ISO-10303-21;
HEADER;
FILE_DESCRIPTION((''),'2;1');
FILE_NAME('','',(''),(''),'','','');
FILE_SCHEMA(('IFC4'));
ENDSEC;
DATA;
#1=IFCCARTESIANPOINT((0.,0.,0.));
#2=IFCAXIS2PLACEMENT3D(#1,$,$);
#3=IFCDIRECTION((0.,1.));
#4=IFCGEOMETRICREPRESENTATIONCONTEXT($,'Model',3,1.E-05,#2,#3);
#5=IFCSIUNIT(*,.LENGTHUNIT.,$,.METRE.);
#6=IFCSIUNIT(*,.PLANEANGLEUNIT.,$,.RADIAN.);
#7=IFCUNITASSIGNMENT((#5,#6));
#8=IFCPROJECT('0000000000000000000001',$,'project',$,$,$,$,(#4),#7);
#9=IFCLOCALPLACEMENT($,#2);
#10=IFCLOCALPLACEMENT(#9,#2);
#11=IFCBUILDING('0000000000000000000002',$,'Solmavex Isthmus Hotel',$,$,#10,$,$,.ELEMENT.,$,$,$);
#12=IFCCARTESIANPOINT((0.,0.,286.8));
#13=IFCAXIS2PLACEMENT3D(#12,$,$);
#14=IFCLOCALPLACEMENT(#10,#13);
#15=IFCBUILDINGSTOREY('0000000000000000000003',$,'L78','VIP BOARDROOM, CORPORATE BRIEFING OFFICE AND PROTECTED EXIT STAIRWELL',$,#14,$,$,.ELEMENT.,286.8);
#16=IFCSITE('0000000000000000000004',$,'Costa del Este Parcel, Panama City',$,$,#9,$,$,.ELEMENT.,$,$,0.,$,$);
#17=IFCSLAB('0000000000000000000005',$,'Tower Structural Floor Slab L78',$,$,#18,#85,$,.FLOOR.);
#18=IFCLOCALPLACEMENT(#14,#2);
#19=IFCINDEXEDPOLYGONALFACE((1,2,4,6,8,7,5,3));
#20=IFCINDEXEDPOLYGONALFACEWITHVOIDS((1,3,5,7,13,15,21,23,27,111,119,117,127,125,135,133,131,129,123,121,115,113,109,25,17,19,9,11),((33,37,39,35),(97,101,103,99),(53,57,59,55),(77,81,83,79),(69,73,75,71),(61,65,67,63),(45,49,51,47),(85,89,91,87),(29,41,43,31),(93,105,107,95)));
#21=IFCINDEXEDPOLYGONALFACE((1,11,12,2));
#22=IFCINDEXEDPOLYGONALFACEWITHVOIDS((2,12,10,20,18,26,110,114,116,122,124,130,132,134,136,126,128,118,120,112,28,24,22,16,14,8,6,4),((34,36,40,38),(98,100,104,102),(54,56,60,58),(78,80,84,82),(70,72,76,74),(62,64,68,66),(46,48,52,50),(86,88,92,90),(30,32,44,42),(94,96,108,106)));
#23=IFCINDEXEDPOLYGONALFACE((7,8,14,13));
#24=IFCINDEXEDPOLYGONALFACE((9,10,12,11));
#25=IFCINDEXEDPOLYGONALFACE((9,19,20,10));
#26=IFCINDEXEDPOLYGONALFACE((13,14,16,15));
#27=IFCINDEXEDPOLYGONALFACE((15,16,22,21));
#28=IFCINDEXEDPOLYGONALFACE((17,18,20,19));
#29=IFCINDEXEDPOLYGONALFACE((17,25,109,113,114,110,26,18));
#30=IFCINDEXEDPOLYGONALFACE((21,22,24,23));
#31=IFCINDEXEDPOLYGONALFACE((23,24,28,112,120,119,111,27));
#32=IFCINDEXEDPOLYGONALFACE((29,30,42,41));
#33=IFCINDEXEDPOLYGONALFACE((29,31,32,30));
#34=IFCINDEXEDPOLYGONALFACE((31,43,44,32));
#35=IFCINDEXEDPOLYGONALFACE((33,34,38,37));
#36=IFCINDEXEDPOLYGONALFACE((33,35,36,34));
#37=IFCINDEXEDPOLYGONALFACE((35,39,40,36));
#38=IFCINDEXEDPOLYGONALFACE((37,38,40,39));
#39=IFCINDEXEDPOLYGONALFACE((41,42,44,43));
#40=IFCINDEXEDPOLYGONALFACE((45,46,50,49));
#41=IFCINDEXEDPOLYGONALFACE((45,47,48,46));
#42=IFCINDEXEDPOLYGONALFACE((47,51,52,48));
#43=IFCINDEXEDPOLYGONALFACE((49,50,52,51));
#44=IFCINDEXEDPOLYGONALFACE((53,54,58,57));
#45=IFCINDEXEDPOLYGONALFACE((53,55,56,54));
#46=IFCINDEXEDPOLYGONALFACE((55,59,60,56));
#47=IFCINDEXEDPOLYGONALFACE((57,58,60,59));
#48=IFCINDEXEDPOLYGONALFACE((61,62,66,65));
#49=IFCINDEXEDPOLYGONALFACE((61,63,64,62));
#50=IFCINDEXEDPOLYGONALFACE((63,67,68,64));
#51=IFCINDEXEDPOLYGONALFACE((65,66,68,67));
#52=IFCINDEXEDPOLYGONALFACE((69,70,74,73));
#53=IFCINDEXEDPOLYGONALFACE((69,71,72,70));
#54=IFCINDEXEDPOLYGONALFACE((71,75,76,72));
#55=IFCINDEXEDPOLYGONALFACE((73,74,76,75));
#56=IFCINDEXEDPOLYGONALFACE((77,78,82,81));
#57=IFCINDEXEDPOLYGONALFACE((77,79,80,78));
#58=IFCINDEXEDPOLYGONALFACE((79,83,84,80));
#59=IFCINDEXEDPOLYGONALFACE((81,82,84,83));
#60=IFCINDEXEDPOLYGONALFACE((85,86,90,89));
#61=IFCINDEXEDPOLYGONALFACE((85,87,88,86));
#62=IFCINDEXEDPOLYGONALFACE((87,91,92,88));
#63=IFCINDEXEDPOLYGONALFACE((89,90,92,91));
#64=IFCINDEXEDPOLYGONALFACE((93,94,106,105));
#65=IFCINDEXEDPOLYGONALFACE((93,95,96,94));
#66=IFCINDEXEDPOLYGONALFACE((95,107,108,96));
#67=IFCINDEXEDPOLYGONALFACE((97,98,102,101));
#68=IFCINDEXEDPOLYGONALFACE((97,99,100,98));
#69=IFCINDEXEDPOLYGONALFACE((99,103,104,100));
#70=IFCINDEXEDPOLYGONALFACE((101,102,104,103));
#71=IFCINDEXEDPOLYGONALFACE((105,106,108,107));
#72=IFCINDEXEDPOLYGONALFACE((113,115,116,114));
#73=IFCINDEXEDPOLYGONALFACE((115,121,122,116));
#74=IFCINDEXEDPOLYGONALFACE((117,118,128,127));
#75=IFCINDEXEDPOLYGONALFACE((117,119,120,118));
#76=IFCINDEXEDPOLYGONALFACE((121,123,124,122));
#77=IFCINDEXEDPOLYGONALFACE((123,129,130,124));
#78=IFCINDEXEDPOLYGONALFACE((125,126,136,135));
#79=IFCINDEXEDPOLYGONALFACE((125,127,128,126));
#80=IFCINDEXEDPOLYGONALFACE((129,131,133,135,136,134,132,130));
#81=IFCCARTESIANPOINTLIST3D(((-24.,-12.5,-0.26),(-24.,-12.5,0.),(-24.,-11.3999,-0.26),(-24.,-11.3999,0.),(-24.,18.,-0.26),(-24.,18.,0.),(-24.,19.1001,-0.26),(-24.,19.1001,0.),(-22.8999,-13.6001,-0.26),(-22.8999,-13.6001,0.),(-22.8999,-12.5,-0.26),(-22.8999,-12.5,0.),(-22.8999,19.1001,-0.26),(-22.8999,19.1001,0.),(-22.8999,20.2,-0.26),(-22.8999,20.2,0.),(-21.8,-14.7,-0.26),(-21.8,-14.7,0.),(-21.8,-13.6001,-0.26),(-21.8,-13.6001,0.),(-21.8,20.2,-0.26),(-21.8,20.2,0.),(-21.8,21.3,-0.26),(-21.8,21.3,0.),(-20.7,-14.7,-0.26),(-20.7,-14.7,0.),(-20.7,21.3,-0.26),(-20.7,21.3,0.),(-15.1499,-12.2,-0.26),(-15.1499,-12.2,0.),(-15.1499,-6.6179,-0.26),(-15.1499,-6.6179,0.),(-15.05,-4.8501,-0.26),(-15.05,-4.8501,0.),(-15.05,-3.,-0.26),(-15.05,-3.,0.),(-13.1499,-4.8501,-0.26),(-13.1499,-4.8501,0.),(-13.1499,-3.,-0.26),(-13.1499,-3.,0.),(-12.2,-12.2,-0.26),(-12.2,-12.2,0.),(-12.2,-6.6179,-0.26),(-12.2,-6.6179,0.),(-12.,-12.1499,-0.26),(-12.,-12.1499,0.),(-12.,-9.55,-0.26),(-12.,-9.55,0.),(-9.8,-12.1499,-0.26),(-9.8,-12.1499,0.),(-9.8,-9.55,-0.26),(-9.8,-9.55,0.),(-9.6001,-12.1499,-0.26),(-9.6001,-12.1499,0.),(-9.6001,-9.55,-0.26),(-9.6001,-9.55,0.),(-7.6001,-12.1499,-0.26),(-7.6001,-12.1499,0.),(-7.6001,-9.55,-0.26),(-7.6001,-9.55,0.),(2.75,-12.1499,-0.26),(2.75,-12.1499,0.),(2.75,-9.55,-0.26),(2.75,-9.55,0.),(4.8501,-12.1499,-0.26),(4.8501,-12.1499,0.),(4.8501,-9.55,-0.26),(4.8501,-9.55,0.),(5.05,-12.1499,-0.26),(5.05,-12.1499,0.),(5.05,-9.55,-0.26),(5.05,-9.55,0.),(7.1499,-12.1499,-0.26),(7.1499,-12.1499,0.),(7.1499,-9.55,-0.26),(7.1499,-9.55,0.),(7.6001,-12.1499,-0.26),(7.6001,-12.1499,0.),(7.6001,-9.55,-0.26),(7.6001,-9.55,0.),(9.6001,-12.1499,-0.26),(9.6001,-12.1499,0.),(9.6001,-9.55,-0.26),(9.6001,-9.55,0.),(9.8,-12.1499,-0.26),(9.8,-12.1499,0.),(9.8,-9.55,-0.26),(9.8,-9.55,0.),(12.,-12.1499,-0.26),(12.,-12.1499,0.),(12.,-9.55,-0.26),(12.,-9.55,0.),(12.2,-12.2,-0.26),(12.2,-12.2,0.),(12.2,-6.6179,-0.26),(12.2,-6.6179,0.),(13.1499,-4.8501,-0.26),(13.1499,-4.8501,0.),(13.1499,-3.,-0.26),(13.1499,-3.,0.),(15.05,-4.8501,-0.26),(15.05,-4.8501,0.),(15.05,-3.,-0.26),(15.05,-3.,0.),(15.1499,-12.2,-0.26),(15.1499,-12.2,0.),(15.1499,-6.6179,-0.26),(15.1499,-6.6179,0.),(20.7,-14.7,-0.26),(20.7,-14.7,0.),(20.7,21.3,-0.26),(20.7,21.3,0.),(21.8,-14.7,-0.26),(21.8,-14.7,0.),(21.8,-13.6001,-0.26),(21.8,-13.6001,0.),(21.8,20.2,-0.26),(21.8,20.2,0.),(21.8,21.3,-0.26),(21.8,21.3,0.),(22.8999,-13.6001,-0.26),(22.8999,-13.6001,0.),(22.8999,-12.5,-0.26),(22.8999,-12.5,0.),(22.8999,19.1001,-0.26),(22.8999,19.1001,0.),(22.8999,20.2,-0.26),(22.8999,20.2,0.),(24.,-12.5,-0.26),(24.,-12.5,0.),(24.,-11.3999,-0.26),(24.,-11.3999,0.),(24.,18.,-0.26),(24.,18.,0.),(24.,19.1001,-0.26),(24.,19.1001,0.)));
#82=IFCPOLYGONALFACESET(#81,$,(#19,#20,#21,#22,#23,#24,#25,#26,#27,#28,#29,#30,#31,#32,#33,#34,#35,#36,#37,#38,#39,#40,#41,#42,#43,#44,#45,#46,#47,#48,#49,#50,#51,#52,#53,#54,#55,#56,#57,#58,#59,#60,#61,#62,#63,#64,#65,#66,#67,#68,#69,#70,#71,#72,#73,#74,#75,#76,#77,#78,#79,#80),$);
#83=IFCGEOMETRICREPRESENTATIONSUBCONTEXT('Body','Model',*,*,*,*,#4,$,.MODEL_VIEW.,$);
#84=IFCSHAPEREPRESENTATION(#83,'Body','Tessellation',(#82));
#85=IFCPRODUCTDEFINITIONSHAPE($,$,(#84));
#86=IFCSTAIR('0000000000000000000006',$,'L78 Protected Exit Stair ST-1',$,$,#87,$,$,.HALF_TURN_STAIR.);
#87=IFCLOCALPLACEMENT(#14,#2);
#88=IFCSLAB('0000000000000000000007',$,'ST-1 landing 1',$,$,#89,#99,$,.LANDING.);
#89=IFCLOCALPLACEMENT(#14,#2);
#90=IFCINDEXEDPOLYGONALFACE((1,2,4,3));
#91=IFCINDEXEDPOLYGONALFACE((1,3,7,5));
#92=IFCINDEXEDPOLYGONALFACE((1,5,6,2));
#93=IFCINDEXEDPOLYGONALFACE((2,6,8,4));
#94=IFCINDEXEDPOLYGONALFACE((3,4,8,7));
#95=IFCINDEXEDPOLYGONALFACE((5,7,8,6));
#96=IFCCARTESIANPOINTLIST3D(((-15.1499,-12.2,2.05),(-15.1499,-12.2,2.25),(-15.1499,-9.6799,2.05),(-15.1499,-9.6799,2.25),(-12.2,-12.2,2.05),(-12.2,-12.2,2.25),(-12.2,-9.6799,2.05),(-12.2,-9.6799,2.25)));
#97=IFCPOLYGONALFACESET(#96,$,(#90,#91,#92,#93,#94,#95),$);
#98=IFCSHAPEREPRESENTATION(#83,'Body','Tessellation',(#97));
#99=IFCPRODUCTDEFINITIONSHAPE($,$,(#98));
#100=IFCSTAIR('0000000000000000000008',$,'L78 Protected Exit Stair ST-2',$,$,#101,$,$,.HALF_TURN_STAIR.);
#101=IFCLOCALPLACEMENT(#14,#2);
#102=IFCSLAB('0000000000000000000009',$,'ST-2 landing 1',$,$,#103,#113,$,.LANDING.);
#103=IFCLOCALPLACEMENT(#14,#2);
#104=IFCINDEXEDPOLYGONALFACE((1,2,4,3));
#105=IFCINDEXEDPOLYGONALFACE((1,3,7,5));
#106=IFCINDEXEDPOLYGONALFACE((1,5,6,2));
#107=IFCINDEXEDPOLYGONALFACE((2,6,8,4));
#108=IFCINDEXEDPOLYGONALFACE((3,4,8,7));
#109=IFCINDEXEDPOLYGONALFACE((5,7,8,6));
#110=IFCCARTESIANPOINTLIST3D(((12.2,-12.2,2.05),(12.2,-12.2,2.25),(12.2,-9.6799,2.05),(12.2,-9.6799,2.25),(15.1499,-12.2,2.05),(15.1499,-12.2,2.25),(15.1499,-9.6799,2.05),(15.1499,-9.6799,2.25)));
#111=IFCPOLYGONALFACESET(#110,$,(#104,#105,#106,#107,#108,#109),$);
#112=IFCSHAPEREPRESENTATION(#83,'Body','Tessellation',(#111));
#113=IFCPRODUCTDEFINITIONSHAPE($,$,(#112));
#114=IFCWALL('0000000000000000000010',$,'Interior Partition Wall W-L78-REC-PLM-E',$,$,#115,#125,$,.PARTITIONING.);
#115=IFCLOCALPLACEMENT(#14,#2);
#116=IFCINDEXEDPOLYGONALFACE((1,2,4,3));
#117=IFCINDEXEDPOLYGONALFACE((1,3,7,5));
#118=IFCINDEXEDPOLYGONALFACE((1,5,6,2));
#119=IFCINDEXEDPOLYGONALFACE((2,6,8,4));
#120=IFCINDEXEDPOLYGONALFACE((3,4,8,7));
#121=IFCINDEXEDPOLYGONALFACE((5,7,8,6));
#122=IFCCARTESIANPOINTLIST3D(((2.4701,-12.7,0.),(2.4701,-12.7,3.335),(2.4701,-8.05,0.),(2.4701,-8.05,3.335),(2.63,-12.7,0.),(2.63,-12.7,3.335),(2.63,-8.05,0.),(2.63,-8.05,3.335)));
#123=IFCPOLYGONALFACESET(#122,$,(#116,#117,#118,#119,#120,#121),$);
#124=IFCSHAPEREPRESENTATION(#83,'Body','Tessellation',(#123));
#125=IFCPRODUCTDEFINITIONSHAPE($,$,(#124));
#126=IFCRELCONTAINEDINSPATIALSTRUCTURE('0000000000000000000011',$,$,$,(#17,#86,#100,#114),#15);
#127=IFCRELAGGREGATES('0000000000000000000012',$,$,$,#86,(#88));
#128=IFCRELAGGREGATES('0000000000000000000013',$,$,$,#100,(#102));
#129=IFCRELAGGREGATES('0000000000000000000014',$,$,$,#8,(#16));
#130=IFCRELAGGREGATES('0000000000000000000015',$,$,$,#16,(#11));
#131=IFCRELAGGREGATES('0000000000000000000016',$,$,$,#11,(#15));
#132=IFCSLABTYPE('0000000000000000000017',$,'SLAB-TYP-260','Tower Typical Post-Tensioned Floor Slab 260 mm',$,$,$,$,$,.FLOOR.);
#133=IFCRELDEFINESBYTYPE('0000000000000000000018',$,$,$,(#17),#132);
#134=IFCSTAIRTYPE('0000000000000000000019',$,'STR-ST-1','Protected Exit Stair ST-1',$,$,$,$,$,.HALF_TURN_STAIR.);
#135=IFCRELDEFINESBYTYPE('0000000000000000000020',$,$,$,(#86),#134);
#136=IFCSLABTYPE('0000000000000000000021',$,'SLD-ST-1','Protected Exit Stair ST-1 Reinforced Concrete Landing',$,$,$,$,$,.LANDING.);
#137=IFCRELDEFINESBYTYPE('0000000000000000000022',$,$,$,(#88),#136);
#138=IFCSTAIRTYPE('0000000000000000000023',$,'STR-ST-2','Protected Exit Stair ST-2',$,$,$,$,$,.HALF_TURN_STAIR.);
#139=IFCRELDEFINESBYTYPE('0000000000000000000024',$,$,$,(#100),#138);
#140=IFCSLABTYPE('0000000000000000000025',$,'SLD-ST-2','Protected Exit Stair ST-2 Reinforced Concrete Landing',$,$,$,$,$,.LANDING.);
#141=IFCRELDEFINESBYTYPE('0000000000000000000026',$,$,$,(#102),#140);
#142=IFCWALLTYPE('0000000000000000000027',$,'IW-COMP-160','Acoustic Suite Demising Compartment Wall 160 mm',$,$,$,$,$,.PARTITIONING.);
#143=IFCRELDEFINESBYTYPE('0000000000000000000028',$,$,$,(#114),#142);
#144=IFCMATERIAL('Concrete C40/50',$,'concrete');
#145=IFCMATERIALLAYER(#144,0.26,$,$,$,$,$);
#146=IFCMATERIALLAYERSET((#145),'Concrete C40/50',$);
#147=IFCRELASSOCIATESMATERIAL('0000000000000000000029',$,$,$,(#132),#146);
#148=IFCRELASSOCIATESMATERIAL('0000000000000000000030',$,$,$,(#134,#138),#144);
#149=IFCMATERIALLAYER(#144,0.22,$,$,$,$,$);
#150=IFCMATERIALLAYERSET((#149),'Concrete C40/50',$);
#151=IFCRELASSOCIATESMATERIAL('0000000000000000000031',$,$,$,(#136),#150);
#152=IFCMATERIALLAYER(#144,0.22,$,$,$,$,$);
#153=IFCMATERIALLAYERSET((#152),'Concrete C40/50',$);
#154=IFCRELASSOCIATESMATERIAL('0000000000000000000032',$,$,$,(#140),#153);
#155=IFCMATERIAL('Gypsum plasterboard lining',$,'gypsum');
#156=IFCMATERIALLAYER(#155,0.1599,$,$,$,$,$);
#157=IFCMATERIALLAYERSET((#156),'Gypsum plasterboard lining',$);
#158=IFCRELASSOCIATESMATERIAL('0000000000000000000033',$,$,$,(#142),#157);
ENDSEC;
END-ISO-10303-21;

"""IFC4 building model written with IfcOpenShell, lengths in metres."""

from ifc_helpers import new_model, si_unit, direction, frame, frame_2d, origin, place, context, subcontext, project, spatial, polyline, rectangle, outline, extrude, material, layer, layer_set, type_object, element, aggregate, save


model = new_model("IFC4")

# Units and contexts
model_context = context("Model", 3, precision=1e-05, world=origin(), true_north=direction((0.0, 1.0)))
body_context = subcontext(model_context, "Body", "Model", "MODEL_VIEW")
ifc_project = project(units=[si_unit("LENGTHUNIT", "METRE"), si_unit("PLANEANGLEUNIT", "RADIAN")], contexts=[model_context])

# Site, building, storey
site_placement = place(None, origin())
site = spatial("IfcSite", under=ifc_project, at=site_placement, Name="Costa del Este Parcel, Panama City", CompositionType="ELEMENT", RefElevation=0.0)
building_placement = place(site_placement, origin())
building = spatial("IfcBuilding", under=site, at=building_placement, Name="Solmavex Isthmus Hotel", CompositionType="ELEMENT")
storey_placement = place(building_placement, frame((0.0, 0.0, 286.8)))
storey = spatial("IfcBuildingStorey", under=building, at=storey_placement, Name="L78", Description="VIP BOARDROOM, CORPORATE BRIEFING OFFICE AND PROTECTED EXIT STAIRWELL", CompositionType="ELEMENT", Elevation=286.8)

# Slab
ifc_material_1 = material(Name="Concrete C40/50", Category="concrete")
ifc_layer_1 = layer(ifc_material_1, 0.26)
ifc_layer_set_1 = layer_set([ifc_layer_1], Name="Concrete C40/50")
slab_type_1 = type_object("IfcSlabType", Name="SLAB-TYP-260", Description="Tower Typical Post-Tensioned Floor Slab 260 mm", PredefinedType="FLOOR", material=ifc_layer_set_1)
slab_1_placement = place(storey_placement, frame((0.0, 0.0, -0.26)))
element("IfcSlab", 1, at=slab_1_placement, inside=storey, type_object=slab_type_1, Name="Tower Structural Floor Slab L78", PredefinedType="FLOOR", context=body_context, shape_type="SweptSolid", body=[
    extrude(outline(polyline([(-20.7, -14.7), (20.7, -14.7), (21.8, -14.7), (21.8, -13.6001), (22.8999, -13.6001), (22.8999, -12.5), (24.0, -12.5), (24.0, -11.3999), (24.0, 18.0), (24.0, 19.1001), (22.8999, 19.1001), (22.8999, 20.2), (21.8, 20.2), (21.8, 21.3), (20.7, 21.3), (-20.7, 21.3), (-21.8, 21.3), (-21.8, 20.2), (-22.8999, 20.2), (-22.8999, 19.1001), (-24.0, 19.1001), (-24.0, 18.0), (-24.0, -11.3999), (-24.0, -12.5), (-22.8999, -12.5), (-22.8999, -13.6001), (-21.8, -13.6001), (-21.8, -14.7), (-20.7, -14.7)]), holes=[polyline([(-15.1499, -6.6179), (-15.1499, -12.2), (-12.2, -12.2), (-12.2, -6.6179), (-15.1499, -6.6179)]), polyline([(12.2, -6.6179), (12.2, -12.2), (15.1499, -12.2), (15.1499, -6.6179), (12.2, -6.6179)]), polyline([(-12.0, -12.1499), (-9.8, -12.1499), (-9.8, -9.55), (-12.0, -9.55), (-12.0, -12.1499)]), polyline([(9.8, -12.1499), (12.0, -12.1499), (12.0, -9.55), (9.8, -9.55), (9.8, -12.1499)]), polyline([(-9.6001, -12.1499), (-7.6001, -12.1499), (-7.6001, -9.55), (-9.6001, -9.55), (-9.6001, -12.1499)]), polyline([(7.6001, -12.1499), (9.6001, -12.1499), (9.6001, -9.55), (7.6001, -9.55), (7.6001, -12.1499)]), polyline([(2.75, -12.1499), (4.8501, -12.1499), (4.8501, -9.55), (2.75, -9.55), (2.75, -12.1499)]), polyline([(5.05, -12.1499), (7.1499, -12.1499), (7.1499, -9.55), (5.05, -9.55), (5.05, -12.1499)]), polyline([(-15.05, -4.8501), (-13.1499, -4.8501), (-13.1499, -3.0), (-15.05, -3.0), (-15.05, -4.8501)]), polyline([(13.1499, -4.8501), (15.05, -4.8501), (15.05, -3.0), (13.1499, -3.0), (13.1499, -4.8501)])]), origin(), (0.0, 0.0, 1.0), 0.26),
])

# Stairs, slabs
stair_type_1 = type_object("IfcStairType", Name="STR-ST-1", Description="Protected Exit Stair ST-1", PredefinedType="HALF_TURN_STAIR", material=ifc_material_1)
stair_1_placement = place(storey_placement, origin())
stair_1 = element("IfcStair", 2, at=stair_1_placement, inside=storey, type_object=stair_type_1, Name="L78 Protected Exit Stair ST-1", PredefinedType="HALF_TURN_STAIR")
ifc_layer_2 = layer(ifc_material_1, 0.22)
ifc_layer_set_2 = layer_set([ifc_layer_2], Name="Concrete C40/50")
slab_type_2 = type_object("IfcSlabType", Name="SLD-ST-1", Description="Protected Exit Stair ST-1 Reinforced Concrete Landing", PredefinedType="LANDING", material=ifc_layer_set_2)
slab_2_placement = place(storey_placement, frame((0.0, 0.0, 2.05)))
slab_2 = element("IfcSlab", 3, at=slab_2_placement, type_object=slab_type_2, Name="ST-1 landing 1", PredefinedType="LANDING", context=body_context, shape_type="SweptSolid", body=[
    extrude(outline(polyline([(-15.1499, -9.6799), (-15.1499, -12.2), (-12.2, -12.2), (-12.2, -9.6799), (-15.1499, -9.6799)])), origin(), (0.0, 0.0, 1.0), 0.2),
])
aggregate(stair_1, [slab_2])
stair_type_2 = type_object("IfcStairType", Name="STR-ST-2", Description="Protected Exit Stair ST-2", PredefinedType="HALF_TURN_STAIR", material=ifc_material_1)
stair_2_placement = place(storey_placement, origin())
stair_2 = element("IfcStair", 4, at=stair_2_placement, inside=storey, type_object=stair_type_2, Name="L78 Protected Exit Stair ST-2", PredefinedType="HALF_TURN_STAIR")
ifc_layer_3 = layer(ifc_material_1, 0.22)
ifc_layer_set_3 = layer_set([ifc_layer_3], Name="Concrete C40/50")
slab_type_3 = type_object("IfcSlabType", Name="SLD-ST-2", Description="Protected Exit Stair ST-2 Reinforced Concrete Landing", PredefinedType="LANDING", material=ifc_layer_set_3)
slab_3_placement = place(storey_placement, frame((0.0, 0.0, 2.05)))
slab_3 = element("IfcSlab", 5, at=slab_3_placement, type_object=slab_type_3, Name="ST-2 landing 1", PredefinedType="LANDING", context=body_context, shape_type="SweptSolid", body=[
    extrude(outline(polyline([(12.2, -9.6799), (12.2, -12.2), (15.1499, -12.2), (15.1499, -9.6799), (12.2, -9.6799)])), origin(), (0.0, 0.0, 1.0), 0.2),
])
aggregate(stair_2, [slab_3])

# Wall
ifc_material_2 = material(Name="Gypsum plasterboard lining", Category="gypsum")
ifc_layer_4 = layer(ifc_material_2, 0.1599)
ifc_layer_set_4 = layer_set([ifc_layer_4], Name="Gypsum plasterboard lining")
wall_type_1 = type_object("IfcWallType", Name="IW-COMP-160", Description="Acoustic Suite Demising Compartment Wall 160 mm", PredefinedType="PARTITIONING", material=ifc_layer_set_4)
wall_1_placement = place(storey_placement, frame((2.55, -12.7, 0.0), z_axis=(0.0, 0.0, 1.0), x_axis=(0.0, 1.0, 0.0)))
element("IfcWall", 6, at=wall_1_placement, inside=storey, type_object=wall_type_1, Name="Interior Partition Wall W-L78-REC-PLM-E", PredefinedType="PARTITIONING", context=body_context, shape_type="SweptSolid", body=[
    extrude(rectangle(XDim=4.6499, YDim=0.1599, at=frame_2d((2.325, 0.0))), origin(), (0.0, 0.0, 1.0), 3.335),
])

save(model, "model.ifc")
